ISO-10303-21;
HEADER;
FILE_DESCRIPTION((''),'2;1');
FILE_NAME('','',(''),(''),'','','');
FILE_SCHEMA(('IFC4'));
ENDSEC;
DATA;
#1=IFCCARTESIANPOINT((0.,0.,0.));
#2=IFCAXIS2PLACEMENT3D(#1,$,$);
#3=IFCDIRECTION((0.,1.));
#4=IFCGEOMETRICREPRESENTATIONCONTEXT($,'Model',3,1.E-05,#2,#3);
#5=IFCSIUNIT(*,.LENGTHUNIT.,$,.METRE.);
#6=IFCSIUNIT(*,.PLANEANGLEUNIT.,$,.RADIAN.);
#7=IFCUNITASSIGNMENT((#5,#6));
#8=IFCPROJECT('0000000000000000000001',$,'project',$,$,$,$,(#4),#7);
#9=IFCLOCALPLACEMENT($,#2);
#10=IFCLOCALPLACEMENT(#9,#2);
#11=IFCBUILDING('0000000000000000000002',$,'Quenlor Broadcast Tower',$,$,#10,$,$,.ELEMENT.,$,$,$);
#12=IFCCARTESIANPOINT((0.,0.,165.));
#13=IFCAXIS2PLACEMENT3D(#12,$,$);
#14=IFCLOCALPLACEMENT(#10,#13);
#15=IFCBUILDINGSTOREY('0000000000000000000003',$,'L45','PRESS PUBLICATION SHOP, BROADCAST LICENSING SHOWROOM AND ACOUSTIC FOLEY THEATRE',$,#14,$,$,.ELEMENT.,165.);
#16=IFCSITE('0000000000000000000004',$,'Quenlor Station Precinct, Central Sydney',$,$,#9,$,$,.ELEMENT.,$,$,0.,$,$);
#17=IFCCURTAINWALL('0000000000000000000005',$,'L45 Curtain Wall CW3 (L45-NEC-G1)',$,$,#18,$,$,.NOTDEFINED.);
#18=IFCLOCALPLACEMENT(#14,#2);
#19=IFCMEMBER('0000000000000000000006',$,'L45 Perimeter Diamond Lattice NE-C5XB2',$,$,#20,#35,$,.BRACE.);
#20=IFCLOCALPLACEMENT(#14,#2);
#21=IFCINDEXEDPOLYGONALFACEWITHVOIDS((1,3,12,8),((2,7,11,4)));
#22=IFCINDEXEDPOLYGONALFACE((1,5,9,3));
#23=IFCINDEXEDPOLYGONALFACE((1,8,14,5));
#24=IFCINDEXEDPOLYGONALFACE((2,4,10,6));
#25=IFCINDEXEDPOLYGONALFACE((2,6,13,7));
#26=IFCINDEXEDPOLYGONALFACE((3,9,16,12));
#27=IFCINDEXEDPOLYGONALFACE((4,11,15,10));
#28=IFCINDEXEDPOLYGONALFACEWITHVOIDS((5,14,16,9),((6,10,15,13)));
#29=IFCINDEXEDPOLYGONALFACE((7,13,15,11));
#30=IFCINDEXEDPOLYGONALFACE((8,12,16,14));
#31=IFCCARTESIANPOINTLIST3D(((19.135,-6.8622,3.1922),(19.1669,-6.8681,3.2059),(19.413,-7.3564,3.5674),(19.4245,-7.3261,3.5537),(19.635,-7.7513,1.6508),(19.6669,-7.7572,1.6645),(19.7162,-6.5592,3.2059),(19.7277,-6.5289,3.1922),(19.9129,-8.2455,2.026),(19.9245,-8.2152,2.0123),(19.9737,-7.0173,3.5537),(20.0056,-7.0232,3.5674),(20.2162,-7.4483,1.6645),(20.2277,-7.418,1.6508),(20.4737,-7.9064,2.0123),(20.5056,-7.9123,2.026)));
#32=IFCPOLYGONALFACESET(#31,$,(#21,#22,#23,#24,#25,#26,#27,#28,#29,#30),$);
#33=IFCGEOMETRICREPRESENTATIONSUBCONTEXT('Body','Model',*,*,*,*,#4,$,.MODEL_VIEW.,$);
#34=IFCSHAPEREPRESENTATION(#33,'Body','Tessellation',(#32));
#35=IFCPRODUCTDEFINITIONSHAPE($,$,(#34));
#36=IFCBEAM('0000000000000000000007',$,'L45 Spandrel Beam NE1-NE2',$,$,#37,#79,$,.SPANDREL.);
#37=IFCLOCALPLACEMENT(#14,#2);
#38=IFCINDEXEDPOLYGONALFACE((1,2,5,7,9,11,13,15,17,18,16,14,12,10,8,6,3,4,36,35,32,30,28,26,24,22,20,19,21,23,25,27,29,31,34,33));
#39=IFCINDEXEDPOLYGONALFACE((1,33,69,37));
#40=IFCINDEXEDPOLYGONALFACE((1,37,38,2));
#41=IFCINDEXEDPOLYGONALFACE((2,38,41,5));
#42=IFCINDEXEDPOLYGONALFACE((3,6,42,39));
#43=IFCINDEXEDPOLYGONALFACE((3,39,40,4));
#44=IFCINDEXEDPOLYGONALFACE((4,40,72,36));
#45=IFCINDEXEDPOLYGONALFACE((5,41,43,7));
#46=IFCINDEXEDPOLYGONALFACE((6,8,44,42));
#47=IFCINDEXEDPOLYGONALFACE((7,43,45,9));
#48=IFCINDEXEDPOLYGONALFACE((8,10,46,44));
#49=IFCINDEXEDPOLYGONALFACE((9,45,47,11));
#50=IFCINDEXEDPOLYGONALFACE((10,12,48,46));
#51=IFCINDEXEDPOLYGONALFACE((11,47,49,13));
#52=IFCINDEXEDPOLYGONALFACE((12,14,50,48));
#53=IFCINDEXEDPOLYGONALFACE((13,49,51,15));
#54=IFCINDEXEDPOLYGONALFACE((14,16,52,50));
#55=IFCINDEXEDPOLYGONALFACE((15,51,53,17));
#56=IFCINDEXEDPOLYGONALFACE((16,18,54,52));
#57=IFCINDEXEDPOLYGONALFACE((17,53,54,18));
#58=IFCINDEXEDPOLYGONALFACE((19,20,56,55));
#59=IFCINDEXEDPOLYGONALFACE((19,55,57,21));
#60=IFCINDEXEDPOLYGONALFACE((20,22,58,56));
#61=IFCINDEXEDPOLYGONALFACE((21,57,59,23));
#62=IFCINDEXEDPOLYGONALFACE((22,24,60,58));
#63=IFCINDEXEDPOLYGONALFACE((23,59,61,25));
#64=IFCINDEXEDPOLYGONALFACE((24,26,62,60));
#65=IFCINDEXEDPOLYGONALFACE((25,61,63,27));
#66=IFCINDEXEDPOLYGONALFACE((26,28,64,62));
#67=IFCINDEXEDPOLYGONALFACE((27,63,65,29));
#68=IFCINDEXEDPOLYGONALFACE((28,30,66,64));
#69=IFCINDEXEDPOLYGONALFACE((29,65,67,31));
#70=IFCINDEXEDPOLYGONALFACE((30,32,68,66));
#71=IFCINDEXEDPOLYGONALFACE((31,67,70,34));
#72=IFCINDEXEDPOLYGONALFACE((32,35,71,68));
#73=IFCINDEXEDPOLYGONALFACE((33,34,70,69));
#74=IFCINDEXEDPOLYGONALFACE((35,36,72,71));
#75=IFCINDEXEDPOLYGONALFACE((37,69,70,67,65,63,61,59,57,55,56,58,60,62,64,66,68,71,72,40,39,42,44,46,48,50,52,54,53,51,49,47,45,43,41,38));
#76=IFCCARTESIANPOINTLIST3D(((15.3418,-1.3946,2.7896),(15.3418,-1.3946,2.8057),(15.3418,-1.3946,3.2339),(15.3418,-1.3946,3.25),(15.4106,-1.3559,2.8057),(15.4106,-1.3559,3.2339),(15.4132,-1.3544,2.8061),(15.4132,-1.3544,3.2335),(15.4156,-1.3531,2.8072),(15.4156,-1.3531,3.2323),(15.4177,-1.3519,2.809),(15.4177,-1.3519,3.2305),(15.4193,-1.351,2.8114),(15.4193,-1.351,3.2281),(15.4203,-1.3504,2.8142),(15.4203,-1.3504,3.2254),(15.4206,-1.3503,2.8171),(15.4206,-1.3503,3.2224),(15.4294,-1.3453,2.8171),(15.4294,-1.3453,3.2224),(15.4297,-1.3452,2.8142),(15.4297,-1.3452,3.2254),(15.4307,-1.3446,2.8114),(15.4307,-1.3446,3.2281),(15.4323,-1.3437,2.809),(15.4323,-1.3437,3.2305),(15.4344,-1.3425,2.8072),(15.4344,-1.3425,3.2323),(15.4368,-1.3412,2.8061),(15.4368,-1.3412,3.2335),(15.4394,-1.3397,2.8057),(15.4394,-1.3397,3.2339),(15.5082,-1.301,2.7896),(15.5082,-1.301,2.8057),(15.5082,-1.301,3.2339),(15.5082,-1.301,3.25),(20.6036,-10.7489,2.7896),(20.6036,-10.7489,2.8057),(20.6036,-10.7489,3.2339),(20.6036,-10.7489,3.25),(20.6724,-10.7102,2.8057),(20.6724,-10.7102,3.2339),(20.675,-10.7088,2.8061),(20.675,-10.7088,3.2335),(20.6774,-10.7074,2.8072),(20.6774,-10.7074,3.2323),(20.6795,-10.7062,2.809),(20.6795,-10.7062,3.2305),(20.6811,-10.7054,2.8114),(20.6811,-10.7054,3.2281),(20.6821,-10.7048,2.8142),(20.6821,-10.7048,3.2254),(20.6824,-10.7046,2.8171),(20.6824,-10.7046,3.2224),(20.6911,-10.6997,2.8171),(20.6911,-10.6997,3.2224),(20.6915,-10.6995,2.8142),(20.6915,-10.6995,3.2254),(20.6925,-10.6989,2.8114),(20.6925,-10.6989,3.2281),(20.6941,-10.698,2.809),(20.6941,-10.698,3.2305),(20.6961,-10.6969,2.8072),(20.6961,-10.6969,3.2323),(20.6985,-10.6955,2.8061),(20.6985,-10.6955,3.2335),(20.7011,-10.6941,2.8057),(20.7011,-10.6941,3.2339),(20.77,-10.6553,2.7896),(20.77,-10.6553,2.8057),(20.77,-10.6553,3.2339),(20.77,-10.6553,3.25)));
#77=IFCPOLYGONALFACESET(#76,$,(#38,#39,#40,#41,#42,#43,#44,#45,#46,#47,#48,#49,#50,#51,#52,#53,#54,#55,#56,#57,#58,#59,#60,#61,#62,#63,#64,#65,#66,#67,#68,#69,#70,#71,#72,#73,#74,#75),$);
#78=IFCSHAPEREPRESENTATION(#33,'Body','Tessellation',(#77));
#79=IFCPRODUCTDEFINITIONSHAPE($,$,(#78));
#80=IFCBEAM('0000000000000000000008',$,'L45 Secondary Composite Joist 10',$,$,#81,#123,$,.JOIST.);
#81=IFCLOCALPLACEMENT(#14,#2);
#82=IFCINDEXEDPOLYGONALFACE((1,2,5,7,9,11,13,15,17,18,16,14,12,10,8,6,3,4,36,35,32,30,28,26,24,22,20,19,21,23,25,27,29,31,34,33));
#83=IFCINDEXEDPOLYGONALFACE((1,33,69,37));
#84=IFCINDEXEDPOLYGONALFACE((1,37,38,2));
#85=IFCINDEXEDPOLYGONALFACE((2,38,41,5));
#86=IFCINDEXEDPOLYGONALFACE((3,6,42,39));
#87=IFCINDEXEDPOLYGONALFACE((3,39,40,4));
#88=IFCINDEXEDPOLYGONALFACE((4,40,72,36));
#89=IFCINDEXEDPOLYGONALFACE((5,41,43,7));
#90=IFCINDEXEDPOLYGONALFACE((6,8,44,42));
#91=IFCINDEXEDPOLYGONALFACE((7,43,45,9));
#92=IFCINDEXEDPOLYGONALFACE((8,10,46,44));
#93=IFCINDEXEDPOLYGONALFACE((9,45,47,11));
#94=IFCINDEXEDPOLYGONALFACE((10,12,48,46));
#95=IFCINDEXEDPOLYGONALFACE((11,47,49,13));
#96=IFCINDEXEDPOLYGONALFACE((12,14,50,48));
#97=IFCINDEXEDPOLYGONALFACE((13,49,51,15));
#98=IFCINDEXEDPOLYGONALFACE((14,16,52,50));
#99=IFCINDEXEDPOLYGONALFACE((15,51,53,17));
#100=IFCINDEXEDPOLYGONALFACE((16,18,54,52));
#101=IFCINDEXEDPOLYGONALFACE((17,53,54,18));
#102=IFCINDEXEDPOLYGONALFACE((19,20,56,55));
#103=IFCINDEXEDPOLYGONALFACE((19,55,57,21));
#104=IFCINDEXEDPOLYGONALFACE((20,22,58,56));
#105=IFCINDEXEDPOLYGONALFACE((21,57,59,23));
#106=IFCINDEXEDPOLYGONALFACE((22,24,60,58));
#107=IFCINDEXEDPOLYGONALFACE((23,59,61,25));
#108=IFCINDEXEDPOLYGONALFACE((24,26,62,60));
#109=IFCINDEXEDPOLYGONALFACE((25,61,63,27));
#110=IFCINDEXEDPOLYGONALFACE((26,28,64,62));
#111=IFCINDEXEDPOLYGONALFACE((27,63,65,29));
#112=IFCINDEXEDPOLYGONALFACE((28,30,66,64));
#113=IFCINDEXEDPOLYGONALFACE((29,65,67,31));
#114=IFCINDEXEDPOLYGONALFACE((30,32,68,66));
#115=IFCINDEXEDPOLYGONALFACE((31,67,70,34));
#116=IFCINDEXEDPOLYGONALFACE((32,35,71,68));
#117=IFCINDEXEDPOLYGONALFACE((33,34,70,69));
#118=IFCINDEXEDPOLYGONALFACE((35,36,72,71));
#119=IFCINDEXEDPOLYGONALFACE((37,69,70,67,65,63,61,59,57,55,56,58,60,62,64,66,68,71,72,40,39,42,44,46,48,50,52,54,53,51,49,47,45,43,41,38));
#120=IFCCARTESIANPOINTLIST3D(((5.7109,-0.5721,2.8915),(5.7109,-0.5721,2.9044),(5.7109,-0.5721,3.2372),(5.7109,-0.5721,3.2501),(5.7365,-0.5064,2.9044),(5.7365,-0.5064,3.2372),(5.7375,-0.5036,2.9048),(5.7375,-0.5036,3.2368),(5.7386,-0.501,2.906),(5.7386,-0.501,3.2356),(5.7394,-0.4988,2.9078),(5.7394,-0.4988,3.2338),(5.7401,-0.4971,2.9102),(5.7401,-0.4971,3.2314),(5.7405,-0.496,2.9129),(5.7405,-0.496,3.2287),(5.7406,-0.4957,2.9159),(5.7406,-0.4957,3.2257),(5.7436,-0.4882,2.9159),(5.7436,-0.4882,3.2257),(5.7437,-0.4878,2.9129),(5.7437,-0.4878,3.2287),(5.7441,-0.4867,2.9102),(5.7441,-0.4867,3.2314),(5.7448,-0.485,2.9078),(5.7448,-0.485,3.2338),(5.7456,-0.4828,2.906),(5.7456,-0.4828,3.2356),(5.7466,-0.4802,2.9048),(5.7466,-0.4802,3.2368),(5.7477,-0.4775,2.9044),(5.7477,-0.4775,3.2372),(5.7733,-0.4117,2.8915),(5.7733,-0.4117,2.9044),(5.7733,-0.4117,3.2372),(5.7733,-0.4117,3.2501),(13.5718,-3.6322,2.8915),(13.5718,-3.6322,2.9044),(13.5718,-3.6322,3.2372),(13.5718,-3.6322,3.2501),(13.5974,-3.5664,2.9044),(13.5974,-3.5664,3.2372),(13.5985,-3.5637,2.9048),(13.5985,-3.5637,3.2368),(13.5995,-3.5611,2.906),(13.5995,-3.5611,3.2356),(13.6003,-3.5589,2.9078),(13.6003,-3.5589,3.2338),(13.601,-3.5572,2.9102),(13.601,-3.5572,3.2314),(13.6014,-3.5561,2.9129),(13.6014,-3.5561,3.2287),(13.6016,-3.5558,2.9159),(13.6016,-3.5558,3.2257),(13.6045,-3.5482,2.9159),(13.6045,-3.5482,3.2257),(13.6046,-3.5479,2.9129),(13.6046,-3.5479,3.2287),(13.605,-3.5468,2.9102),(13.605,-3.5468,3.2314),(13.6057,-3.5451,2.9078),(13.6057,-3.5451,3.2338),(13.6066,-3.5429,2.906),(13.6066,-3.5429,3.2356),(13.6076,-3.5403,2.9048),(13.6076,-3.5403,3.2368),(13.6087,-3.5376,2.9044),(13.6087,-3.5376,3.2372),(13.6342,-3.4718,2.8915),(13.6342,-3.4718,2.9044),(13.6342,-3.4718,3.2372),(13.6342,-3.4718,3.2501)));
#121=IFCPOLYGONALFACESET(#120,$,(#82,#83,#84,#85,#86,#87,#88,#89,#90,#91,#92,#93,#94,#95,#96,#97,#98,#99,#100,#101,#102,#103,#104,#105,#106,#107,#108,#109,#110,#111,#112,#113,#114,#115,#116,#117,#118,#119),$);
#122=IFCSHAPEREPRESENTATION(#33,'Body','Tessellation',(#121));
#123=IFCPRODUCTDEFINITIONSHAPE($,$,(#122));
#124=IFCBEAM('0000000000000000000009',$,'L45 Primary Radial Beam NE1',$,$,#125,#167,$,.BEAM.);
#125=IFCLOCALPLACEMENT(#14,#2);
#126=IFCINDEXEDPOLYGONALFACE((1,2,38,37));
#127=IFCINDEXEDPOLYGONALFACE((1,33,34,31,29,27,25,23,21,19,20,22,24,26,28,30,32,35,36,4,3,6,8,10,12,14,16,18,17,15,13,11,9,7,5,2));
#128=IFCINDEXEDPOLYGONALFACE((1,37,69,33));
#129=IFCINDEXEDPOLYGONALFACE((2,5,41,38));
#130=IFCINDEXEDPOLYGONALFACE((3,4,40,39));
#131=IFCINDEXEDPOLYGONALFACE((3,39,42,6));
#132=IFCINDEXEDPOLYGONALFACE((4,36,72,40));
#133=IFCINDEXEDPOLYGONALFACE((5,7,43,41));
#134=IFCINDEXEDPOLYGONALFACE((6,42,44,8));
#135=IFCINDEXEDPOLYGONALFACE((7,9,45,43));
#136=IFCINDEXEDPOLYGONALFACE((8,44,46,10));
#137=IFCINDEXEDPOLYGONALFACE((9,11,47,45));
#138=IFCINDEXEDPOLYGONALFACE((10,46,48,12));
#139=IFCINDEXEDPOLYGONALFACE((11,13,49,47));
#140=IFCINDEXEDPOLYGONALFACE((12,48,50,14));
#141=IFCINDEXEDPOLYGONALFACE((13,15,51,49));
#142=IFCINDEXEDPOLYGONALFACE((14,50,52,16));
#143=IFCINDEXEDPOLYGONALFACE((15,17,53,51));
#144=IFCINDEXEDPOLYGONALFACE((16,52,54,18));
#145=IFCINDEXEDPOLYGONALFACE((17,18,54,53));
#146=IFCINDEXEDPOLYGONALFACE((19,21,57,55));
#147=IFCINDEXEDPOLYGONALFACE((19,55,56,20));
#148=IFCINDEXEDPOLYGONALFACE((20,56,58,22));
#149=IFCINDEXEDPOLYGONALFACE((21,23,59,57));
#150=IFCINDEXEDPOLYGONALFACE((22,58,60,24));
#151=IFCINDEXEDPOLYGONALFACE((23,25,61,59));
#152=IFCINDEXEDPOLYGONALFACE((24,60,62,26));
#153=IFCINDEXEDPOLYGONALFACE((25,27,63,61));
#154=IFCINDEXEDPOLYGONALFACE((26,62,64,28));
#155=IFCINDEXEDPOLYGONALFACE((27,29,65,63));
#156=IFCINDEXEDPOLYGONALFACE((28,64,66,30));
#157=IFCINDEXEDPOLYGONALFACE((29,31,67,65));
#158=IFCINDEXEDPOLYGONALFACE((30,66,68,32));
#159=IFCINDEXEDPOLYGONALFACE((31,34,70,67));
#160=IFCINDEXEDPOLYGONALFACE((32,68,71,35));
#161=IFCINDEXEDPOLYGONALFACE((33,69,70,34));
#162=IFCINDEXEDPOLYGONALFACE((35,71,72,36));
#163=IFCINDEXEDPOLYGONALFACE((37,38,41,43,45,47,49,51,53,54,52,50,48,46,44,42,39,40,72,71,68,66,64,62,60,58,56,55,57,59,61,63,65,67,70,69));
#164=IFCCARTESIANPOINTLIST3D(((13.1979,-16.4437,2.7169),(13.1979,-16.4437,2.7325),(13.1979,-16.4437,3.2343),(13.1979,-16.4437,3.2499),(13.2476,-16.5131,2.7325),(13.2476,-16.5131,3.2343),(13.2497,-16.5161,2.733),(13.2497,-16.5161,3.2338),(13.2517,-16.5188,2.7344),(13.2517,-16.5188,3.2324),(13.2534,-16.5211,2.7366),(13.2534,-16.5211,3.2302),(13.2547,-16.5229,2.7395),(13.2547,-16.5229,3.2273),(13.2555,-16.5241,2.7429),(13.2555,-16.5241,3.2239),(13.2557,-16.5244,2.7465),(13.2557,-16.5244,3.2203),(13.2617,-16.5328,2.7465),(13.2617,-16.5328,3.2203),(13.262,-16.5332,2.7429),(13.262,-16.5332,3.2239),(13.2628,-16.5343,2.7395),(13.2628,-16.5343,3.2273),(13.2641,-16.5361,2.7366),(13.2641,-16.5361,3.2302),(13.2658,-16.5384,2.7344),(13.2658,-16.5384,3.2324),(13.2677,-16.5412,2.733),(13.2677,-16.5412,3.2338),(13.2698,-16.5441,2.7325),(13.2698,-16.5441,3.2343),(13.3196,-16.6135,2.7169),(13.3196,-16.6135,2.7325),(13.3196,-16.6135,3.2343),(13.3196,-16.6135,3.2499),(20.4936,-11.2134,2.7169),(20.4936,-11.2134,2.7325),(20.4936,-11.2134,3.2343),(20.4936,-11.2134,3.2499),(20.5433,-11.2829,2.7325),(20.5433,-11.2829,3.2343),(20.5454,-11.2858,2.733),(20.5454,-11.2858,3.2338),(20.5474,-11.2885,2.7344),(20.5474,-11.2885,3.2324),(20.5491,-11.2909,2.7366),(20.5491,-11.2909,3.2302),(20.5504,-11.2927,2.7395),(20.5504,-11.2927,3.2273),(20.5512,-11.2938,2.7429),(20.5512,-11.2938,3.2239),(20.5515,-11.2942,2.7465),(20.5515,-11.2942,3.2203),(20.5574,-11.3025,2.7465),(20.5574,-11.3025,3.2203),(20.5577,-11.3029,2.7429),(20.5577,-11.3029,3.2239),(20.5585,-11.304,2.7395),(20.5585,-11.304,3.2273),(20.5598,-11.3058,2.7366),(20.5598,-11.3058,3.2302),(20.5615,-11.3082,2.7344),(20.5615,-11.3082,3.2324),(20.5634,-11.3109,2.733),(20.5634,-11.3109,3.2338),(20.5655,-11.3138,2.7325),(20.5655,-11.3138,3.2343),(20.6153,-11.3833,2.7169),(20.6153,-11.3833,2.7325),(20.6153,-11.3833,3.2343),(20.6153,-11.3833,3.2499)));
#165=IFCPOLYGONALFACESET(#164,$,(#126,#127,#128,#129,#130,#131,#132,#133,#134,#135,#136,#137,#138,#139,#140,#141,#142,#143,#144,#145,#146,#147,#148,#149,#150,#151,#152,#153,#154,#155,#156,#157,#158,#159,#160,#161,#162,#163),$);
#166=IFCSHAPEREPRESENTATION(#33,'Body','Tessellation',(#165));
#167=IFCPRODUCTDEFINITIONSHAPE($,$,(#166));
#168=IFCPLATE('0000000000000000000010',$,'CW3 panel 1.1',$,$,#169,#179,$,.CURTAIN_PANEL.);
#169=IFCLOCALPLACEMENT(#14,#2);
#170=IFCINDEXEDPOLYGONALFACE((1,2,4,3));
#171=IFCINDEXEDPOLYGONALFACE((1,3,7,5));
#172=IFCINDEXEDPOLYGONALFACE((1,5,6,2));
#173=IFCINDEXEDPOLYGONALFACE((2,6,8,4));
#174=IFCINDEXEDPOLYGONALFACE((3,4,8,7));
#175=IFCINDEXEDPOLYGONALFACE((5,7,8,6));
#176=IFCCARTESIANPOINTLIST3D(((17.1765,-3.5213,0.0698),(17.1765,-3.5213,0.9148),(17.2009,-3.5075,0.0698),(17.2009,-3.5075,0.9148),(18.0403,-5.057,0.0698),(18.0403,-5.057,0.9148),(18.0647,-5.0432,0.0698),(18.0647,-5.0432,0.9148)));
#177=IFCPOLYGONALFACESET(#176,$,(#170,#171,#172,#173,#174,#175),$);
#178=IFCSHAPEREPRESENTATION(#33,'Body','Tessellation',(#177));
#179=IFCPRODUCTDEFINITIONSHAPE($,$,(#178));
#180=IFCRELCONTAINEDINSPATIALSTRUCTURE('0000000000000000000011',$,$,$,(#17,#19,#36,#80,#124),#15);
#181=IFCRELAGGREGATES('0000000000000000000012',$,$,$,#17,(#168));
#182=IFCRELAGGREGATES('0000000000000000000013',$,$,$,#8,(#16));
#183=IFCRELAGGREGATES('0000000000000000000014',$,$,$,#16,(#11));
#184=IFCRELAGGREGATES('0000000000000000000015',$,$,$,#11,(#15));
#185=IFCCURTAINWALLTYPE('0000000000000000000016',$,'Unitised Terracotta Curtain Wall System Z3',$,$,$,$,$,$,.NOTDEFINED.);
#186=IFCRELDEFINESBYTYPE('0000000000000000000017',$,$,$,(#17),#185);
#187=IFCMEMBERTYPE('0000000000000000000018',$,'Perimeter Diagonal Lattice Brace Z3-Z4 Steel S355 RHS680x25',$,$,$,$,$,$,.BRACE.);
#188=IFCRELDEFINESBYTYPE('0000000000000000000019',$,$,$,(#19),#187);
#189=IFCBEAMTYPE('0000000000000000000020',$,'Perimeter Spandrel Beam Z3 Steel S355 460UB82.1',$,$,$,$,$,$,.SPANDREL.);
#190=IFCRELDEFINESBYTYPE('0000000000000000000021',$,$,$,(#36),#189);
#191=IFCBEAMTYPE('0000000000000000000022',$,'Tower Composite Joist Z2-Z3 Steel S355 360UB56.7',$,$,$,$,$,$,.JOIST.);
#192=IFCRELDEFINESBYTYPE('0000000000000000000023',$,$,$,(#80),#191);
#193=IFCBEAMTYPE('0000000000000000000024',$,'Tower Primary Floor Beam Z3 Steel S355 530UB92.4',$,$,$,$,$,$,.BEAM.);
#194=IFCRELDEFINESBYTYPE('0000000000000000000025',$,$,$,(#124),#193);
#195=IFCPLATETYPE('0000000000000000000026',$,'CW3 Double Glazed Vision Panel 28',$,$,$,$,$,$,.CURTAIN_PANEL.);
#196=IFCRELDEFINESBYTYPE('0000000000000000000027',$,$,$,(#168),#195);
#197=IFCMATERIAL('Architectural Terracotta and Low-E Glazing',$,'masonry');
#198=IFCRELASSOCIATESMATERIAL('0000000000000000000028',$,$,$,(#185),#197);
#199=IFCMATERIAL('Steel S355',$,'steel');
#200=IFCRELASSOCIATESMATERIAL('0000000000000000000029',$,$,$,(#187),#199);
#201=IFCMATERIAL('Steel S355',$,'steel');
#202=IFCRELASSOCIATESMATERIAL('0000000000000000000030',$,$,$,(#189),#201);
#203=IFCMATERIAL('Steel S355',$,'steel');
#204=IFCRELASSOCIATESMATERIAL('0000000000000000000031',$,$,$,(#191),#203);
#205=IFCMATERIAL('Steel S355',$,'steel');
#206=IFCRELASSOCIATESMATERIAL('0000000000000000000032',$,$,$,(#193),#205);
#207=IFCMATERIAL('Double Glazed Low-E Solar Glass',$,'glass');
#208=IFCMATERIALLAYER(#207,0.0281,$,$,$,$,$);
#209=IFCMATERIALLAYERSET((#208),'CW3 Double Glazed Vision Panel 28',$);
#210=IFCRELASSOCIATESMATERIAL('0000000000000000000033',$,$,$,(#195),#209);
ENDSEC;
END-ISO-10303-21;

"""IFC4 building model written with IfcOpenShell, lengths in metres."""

from ifc_helpers import new_model, si_unit, direction, frame, origin, origin_2d, place, context, subcontext, project, spatial, rectangle, hollow_rectangle, i_section, extrude, material, layer, layer_set, material_profile, profile_set, type_object, element, aggregate, save


model = new_model("IFC4")

# Units and contexts
model_context = context("Model", 3, precision=1e-05, world=origin(), true_north=direction((0.0, 1.0)))
body_context = subcontext(model_context, "Body", "Model", "MODEL_VIEW")
ifc_project = project(units=[si_unit("LENGTHUNIT", "METRE"), si_unit("PLANEANGLEUNIT", "RADIAN")], contexts=[model_context])

# Site, building, storey
site_placement = place(None, origin())
site = spatial("IfcSite", under=ifc_project, at=site_placement, Name="Quenlor Station Precinct, Central Sydney", CompositionType="ELEMENT", RefElevation=0.0)
building_placement = place(site_placement, origin())
building = spatial("IfcBuilding", under=site, at=building_placement, Name="Quenlor Broadcast Tower", CompositionType="ELEMENT")
storey_placement = place(building_placement, frame((0.0, 0.0, 165.0)))
storey = spatial("IfcBuildingStorey", under=building, at=storey_placement, Name="L45", Description="PRESS PUBLICATION SHOP, BROADCAST LICENSING SHOWROOM AND ACOUSTIC FOLEY THEATRE", CompositionType="ELEMENT", Elevation=165.0)

# Curtain wall
ifc_material_1 = material(Name="Architectural Terracotta and Low-E Glazing", Category="masonry")
curtain_wall_type = type_object("IfcCurtainWallType", Name="Unitised Terracotta Curtain Wall System Z3", PredefinedType="NOTDEFINED", material=ifc_material_1)
curtain_wall_placement = place(storey_placement, origin())
curtain_wall = element("IfcCurtainWall", 1, at=curtain_wall_placement, inside=storey, type_object=curtain_wall_type, Name="L45 Curtain Wall CW3 (L45-NEC-G1)", PredefinedType="NOTDEFINED")

# Member
ifc_material_2 = material(Name="Steel S355", Category="steel")
ifc_material_profile_1 = material_profile(ifc_material_2, hollow_rectangle(XDim=0.6799, YDim=0.6799, WallThickness=0.0249, at=origin_2d()))
ifc_profile_set_1 = profile_set([ifc_material_profile_1], Name="Steel S355 RHS680x680x25")
member_type_1 = type_object("IfcMemberType", Name="Perimeter Diagonal Lattice Brace Z3-Z4 Steel S355 RHS680x25", PredefinedType="BRACE", material=ifc_profile_set_1)
member_1_placement = place(storey_placement, frame((20.0703, -7.8318, 1.8384), z_axis=(-0.270494, 0.481025, 0.833935), x_axis=(-0.871639, -0.490148, 0.0)))
element("IfcMember", 2, at=member_1_placement, inside=storey, type_object=member_type_1, Name="L45 Perimeter Diamond Lattice NE-C5XB2", PredefinedType="BRACE", context=body_context, shape_type="SweptSolid", body=[
    extrude(hollow_rectangle(XDim=0.6799, YDim=0.6799, WallThickness=0.0249, at=origin_2d()), origin(), (0.0, 0.0, 1.0), 1.8484),
])

# Beams
ifc_material_3 = material(Name="Steel S355", Category="steel")
ifc_material_profile_2 = material_profile(ifc_material_3, i_section(OverallWidth=0.1909, OverallDepth=0.4604, WebThickness=0.01, FlangeThickness=0.0161, FilletRadius=0.0115, at=origin_2d()))
ifc_profile_set_2 = profile_set([ifc_material_profile_2], Name="Steel S355 460UB82.1")
beam_type_1 = type_object("IfcBeamType", Name="Perimeter Spandrel Beam Z3 Steel S355 460UB82.1", PredefinedType="SPANDREL", material=ifc_profile_set_2)
beam_1_placement = place(storey_placement, frame((20.6868, -10.7021, 3.0198), z_axis=(-0.490258, 0.871577, 0.0), x_axis=(-0.871577, -0.490258, 0.0)))
element("IfcBeam", 3, at=beam_1_placement, inside=storey, type_object=beam_type_1, Name="L45 Spandrel Beam NE1-NE2", PredefinedType="SPANDREL", context=body_context, shape_type="SweptSolid", body=[
    extrude(i_section(OverallWidth=0.1909, OverallDepth=0.4604, WebThickness=0.01, FlangeThickness=0.0161, FilletRadius=0.0115, at=origin_2d()), origin(), (0.0, 0.0, 1.0), 10.7327),
])
ifc_material_4 = material(Name="Steel S355", Category="steel")
ifc_material_profile_3 = material_profile(ifc_material_4, i_section(OverallWidth=0.1721, OverallDepth=0.3586, WebThickness=0.0081, FlangeThickness=0.0129, FilletRadius=0.0115, at=origin_2d()))
ifc_profile_set_3 = profile_set([ifc_material_profile_3], Name="Steel S355 360UB56.7")
beam_type_2 = type_object("IfcBeamType", Name="Tower Composite Joist Z2-Z3 Steel S355 360UB56.7", PredefinedType="JOIST", material=ifc_profile_set_3)
beam_2_placement = place(storey_placement, frame((13.603, -3.552, 3.0708), z_axis=(-0.931882, 0.362762, 0.0), x_axis=(-0.362762, -0.931882, 0.0)))
element("IfcBeam", 4, at=beam_2_placement, inside=storey, type_object=beam_type_2, Name="L45 Secondary Composite Joist 10", PredefinedType="JOIST", context=body_context, shape_type="SweptSolid", body=[
    extrude(i_section(OverallWidth=0.1721, OverallDepth=0.3586, WebThickness=0.0081, FlangeThickness=0.0129, FilletRadius=0.0115, at=origin_2d()), origin(), (0.0, 0.0, 1.0), 8.4355),
])
ifc_material_5 = material(Name="Steel S355", Category="steel")
ifc_material_profile_4 = material_profile(ifc_material_5, i_section(OverallWidth=0.209, OverallDepth=0.533, WebThickness=0.0103, FlangeThickness=0.0156, FilletRadius=0.0139, at=origin_2d()))
ifc_profile_set_4 = profile_set([ifc_material_profile_4], Name="Steel S355 530UB92.4")
beam_type_3 = type_object("IfcBeamType", Name="Tower Primary Floor Beam Z3 Steel S355 530UB92.4", PredefinedType="BEAM", material=ifc_profile_set_4)
beam_3_placement = place(storey_placement, frame((20.5544, -11.2983, 2.9834), z_axis=(-0.812729, -0.582642, 0.0), x_axis=(0.582642, -0.812729, 0.0)))
element("IfcBeam", 5, at=beam_3_placement, inside=storey, type_object=beam_type_3, Name="L45 Primary Radial Beam NE1", PredefinedType="BEAM", context=body_context, shape_type="SweptSolid", body=[
    extrude(i_section(OverallWidth=0.209, OverallDepth=0.533, WebThickness=0.0103, FlangeThickness=0.0156, FilletRadius=0.0139, at=origin_2d()), origin(), (0.0, 0.0, 1.0), 8.9768),
])

# Plate
ifc_material_6 = material(Name="Double Glazed Low-E Solar Glass", Category="glass")
ifc_layer_1 = layer(ifc_material_6, 0.0281)
ifc_layer_set_1 = layer_set([ifc_layer_1], Name="CW3 Double Glazed Vision Panel 28")
plate_type_1 = type_object("IfcPlateType", Name="CW3 Double Glazed Vision Panel 28", PredefinedType="CURTAIN_PANEL", material=ifc_layer_set_1)
plate_1_placement = place(storey_placement, frame((17.6206, -4.2822, 0.0698), z_axis=(0.0, 0.0, 1.0), x_axis=(0.490259, -0.871577, 0.0)))
plate_1 = element("IfcPlate", 6, at=plate_1_placement, type_object=plate_type_1, Name="CW3 panel 1.1", PredefinedType="CURTAIN_PANEL", context=body_context, shape_type="SweptSolid", body=[
    extrude(rectangle(XDim=1.762, YDim=0.0281, at=origin_2d()), origin(), (0.0, 0.0, 1.0), 0.845),
])
aggregate(curtain_wall, [plate_1])

save(model, "model.ifc")
